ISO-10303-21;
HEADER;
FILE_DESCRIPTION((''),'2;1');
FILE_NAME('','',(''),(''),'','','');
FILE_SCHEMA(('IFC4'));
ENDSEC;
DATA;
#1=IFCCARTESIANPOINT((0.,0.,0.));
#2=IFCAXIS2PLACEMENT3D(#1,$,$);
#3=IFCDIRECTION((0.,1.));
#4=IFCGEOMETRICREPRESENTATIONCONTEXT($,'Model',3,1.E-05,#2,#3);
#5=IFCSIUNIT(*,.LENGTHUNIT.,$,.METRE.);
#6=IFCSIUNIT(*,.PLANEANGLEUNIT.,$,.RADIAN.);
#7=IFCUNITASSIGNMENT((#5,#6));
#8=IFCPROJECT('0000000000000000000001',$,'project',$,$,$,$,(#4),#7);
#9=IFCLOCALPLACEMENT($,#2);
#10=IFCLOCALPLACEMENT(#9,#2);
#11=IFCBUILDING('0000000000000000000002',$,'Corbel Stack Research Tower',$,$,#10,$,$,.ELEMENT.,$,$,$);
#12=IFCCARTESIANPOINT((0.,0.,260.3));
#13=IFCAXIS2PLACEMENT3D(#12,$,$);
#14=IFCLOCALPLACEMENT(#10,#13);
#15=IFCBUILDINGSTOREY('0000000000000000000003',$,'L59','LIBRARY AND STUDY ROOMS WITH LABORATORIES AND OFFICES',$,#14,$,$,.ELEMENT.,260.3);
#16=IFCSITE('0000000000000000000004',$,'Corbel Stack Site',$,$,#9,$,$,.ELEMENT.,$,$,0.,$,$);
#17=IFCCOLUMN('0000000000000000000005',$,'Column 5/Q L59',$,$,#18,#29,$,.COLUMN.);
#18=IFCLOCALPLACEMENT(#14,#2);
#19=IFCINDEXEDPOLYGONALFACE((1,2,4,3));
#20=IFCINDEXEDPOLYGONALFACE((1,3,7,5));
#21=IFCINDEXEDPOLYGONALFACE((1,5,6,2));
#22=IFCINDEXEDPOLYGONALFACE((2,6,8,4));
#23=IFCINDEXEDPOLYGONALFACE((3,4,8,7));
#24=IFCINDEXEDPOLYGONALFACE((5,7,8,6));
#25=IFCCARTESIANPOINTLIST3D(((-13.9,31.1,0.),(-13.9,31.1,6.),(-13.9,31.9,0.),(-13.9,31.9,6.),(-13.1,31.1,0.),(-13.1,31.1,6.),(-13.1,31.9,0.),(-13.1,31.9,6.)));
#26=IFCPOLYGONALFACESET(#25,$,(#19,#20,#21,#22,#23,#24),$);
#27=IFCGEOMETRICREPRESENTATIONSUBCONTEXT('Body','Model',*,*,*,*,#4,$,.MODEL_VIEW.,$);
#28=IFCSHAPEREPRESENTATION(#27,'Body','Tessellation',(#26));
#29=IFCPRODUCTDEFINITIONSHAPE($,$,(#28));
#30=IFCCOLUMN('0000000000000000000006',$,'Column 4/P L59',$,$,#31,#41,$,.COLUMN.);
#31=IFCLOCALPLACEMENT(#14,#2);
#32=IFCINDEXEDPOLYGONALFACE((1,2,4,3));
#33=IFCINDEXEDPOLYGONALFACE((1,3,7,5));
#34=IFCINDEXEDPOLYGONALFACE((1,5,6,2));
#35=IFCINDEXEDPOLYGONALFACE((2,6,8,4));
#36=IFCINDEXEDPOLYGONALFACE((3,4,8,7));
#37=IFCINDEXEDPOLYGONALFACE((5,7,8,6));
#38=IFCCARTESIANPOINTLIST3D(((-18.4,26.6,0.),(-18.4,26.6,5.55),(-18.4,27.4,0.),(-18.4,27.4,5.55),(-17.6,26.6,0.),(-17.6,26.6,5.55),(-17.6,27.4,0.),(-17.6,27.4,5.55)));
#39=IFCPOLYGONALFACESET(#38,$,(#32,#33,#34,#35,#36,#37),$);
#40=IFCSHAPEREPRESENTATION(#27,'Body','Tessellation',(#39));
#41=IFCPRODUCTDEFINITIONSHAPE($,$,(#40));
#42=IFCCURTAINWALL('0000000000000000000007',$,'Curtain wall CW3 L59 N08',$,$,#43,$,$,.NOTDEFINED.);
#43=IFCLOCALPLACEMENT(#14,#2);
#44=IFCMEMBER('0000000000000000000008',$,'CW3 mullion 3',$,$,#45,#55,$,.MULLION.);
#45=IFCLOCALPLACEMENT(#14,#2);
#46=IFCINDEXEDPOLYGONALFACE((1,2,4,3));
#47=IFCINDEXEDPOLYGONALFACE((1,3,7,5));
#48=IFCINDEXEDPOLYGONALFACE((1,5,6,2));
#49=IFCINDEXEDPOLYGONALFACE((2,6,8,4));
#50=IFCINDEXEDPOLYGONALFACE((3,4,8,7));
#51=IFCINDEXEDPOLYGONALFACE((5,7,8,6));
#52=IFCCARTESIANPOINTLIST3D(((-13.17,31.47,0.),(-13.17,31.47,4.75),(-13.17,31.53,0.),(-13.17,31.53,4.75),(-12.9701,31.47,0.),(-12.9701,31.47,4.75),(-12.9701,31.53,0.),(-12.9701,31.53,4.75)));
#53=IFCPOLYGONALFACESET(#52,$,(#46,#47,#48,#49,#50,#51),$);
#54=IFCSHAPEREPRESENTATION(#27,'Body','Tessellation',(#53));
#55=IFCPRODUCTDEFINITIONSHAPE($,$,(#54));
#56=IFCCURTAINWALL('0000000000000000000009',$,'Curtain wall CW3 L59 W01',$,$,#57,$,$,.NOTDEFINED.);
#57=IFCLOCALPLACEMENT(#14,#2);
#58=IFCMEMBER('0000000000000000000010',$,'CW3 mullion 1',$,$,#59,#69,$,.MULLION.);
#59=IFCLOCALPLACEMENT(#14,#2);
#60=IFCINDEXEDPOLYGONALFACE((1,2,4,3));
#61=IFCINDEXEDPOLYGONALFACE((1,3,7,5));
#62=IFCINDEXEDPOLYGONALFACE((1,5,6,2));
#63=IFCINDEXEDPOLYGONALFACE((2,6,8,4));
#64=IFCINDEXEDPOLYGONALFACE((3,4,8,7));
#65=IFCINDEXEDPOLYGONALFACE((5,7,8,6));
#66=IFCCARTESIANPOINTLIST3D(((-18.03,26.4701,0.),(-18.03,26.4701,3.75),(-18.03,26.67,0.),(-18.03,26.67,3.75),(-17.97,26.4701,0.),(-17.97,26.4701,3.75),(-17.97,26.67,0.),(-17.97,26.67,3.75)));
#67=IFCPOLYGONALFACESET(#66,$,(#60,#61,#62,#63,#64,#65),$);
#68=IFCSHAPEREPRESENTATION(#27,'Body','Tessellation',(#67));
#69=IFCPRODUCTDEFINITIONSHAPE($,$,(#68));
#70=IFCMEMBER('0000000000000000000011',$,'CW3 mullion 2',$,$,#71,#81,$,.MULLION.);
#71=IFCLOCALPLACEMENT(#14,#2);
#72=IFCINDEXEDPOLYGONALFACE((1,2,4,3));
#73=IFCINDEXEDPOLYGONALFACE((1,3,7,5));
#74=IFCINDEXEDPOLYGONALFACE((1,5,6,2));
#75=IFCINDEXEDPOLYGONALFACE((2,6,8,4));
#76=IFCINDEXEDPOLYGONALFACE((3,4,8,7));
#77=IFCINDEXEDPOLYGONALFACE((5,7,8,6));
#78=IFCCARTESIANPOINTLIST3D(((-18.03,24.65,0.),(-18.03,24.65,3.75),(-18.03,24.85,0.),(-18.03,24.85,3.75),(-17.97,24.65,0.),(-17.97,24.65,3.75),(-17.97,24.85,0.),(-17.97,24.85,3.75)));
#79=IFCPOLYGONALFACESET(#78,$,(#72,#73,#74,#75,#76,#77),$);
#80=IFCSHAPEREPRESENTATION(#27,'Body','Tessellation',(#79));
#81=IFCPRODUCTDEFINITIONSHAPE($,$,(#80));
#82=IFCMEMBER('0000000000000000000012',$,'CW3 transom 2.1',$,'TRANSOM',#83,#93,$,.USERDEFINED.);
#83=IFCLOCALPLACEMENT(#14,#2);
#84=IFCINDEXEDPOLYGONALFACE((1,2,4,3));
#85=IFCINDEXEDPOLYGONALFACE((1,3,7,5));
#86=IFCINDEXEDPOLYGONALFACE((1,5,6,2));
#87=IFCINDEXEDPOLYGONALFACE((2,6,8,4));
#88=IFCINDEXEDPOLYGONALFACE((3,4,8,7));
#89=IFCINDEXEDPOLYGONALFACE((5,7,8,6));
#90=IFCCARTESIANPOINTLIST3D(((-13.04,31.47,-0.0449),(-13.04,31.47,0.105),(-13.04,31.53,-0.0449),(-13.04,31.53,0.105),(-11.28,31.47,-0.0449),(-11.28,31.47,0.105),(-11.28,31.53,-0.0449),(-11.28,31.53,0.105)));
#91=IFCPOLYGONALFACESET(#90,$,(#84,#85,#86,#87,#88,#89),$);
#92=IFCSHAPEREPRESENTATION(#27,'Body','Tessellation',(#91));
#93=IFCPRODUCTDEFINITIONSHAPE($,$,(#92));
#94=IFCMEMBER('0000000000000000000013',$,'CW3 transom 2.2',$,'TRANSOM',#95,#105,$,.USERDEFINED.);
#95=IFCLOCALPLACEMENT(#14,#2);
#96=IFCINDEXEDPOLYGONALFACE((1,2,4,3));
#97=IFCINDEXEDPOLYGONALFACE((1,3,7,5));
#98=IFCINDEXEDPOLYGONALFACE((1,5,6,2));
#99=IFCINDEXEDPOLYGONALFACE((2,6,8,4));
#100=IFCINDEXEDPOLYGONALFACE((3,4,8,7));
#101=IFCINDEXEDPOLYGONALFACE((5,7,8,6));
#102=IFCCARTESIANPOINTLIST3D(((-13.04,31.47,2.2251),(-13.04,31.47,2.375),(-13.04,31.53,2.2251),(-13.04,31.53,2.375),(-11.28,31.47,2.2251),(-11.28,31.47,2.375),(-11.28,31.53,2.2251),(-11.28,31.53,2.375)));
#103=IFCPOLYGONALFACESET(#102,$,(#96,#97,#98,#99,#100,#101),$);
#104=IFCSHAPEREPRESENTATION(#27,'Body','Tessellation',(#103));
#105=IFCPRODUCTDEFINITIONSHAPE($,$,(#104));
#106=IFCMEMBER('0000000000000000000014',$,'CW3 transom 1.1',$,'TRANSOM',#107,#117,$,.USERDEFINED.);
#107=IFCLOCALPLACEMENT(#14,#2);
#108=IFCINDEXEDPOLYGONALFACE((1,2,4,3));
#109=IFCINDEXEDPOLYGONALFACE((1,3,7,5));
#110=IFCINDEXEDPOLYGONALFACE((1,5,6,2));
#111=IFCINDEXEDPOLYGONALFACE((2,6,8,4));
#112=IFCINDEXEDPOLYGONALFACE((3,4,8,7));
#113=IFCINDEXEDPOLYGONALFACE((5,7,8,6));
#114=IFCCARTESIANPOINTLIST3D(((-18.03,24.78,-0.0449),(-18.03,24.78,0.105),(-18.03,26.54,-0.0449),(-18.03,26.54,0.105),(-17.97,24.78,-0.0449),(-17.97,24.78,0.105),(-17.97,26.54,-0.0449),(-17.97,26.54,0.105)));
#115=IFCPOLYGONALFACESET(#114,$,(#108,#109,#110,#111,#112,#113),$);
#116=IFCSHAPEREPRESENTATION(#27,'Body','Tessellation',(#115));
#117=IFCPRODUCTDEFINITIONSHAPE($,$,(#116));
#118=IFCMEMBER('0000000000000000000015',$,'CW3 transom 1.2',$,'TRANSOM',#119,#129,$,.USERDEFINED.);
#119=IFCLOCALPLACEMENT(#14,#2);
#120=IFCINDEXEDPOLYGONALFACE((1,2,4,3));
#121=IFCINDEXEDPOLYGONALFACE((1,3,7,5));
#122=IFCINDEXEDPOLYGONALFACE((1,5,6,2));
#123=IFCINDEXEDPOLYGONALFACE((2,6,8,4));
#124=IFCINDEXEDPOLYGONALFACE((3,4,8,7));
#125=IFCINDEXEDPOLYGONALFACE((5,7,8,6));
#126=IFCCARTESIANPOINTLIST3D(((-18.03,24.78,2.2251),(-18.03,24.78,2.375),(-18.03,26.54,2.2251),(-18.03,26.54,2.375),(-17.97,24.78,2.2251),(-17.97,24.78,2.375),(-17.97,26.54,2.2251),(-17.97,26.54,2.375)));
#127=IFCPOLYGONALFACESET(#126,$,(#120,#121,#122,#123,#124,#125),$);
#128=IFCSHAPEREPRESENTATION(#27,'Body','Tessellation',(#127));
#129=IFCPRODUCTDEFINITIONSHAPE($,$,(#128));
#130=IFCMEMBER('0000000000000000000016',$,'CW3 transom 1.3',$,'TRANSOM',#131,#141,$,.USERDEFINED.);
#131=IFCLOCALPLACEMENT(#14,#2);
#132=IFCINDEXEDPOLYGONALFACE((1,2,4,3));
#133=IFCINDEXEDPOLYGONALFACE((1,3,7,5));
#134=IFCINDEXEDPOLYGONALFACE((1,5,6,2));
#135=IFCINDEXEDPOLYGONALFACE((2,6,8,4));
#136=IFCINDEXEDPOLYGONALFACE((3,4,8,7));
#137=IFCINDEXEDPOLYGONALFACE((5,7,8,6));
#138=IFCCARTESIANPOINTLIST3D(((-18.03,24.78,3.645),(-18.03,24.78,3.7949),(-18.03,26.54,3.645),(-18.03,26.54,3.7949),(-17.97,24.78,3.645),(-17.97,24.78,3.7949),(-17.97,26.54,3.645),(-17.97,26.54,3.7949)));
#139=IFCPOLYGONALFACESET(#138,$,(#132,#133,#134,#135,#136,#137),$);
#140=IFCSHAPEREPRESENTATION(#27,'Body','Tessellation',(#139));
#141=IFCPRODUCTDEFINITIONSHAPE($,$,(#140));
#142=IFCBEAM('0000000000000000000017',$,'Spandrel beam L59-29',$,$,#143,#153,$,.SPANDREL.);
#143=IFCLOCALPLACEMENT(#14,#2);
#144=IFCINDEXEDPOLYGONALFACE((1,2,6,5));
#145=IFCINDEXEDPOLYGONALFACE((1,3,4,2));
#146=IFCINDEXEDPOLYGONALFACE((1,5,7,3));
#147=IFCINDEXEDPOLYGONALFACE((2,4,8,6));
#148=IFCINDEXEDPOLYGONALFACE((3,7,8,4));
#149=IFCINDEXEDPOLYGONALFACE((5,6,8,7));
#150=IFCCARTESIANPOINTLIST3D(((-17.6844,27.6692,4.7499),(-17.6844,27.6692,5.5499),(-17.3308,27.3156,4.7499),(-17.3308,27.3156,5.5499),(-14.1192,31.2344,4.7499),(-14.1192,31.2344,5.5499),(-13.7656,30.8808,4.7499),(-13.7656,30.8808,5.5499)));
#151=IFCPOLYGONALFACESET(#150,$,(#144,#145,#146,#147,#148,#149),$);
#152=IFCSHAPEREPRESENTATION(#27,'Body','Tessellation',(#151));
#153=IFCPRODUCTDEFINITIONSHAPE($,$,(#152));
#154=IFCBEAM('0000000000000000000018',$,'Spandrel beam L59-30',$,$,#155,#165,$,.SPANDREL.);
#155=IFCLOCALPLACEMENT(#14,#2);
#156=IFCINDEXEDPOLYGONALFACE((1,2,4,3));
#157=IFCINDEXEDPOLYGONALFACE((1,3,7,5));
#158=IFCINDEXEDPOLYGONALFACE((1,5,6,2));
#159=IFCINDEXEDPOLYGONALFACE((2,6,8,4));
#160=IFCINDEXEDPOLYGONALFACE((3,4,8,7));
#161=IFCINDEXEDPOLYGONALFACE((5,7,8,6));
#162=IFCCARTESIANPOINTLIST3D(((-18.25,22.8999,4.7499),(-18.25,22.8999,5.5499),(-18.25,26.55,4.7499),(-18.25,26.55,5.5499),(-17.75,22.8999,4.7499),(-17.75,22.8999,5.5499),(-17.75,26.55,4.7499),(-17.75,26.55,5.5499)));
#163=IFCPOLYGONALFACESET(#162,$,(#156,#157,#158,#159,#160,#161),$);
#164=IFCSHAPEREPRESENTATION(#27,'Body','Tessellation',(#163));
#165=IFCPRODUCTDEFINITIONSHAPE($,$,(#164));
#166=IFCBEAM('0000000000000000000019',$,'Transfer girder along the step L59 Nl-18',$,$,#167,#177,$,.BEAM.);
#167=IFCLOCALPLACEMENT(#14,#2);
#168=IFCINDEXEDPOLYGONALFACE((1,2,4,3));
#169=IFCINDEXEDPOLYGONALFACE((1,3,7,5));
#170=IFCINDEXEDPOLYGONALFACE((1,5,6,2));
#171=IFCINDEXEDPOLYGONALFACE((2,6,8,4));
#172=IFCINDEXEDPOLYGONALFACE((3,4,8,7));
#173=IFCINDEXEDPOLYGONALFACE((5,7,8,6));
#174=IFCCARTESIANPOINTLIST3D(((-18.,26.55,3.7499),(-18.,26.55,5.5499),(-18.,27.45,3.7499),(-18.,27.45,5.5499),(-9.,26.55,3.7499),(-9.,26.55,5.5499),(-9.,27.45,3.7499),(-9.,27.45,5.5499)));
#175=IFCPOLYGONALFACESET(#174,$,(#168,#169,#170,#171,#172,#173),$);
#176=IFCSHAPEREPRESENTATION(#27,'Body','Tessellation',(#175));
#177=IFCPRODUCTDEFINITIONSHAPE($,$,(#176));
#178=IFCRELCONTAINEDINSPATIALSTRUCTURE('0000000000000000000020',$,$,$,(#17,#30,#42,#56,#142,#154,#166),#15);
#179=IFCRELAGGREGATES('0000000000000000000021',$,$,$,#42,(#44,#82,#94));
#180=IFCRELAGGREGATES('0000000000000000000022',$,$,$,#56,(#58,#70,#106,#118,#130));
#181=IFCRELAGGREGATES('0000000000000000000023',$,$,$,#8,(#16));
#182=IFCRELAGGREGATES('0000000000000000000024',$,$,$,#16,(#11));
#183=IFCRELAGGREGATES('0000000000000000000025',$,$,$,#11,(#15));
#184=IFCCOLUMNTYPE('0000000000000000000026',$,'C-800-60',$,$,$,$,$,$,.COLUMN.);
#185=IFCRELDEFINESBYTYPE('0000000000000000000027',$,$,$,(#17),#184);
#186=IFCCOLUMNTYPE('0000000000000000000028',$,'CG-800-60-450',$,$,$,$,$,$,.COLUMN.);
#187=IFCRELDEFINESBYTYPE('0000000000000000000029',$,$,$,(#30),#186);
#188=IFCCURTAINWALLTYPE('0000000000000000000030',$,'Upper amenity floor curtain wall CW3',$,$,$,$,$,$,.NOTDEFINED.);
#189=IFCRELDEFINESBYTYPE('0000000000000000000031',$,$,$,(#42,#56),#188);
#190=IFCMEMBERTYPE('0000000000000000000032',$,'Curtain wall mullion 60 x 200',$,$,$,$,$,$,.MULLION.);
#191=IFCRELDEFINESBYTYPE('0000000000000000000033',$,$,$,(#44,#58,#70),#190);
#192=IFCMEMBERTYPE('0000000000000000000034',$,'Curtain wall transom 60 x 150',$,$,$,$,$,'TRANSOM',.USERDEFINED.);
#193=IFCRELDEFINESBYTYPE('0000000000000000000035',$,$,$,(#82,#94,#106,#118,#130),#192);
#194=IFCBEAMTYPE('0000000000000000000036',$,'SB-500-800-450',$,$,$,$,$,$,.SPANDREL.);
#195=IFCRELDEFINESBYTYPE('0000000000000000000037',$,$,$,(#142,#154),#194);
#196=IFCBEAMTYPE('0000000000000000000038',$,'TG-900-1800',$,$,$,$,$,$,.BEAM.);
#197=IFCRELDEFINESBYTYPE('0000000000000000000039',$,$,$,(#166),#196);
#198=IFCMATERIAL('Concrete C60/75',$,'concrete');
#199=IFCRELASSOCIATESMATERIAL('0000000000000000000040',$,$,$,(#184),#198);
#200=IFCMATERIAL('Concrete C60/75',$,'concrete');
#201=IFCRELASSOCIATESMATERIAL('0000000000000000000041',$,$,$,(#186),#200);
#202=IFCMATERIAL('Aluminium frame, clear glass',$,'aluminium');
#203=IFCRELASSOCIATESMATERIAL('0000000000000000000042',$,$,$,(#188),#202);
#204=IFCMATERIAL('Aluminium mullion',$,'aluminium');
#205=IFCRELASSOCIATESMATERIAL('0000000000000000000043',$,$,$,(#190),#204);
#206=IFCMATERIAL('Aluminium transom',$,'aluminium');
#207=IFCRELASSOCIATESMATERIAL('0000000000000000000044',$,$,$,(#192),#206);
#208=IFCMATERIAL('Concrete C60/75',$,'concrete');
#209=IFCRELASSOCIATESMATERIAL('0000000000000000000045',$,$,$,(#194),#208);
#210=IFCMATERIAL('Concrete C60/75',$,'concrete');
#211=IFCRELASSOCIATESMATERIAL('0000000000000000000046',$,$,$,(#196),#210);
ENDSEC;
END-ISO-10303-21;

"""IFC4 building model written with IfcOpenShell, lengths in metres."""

from ifc_helpers import new_model, si_unit, direction, frame, origin, origin_2d, place, context, subcontext, project, spatial, rectangle, extrude, material, material_profile, profile_set, type_object, element, aggregate, save


model = new_model("IFC4")

# Units and contexts
model_context = context("Model", 3, precision=1e-05, world=origin(), true_north=direction((0.0, 1.0)))
body_context = subcontext(model_context, "Body", "Model", "MODEL_VIEW")
ifc_project = project(units=[si_unit("LENGTHUNIT", "METRE"), si_unit("PLANEANGLEUNIT", "RADIAN")], contexts=[model_context])

# Site, building, storey
site_placement = place(None, origin())
site = spatial("IfcSite", under=ifc_project, at=site_placement, Name="Corbel Stack Site", CompositionType="ELEMENT", RefElevation=0.0)
building_placement = place(site_placement, origin())
building = spatial("IfcBuilding", under=site, at=building_placement, Name="Corbel Stack Research Tower", CompositionType="ELEMENT")
storey_placement = place(building_placement, frame((0.0, 0.0, 260.3)))
storey = spatial("IfcBuildingStorey", under=building, at=storey_placement, Name="L59", Description="LIBRARY AND STUDY ROOMS WITH LABORATORIES AND OFFICES", CompositionType="ELEMENT", Elevation=260.3)

# Columns
ifc_material_1 = material(Name="Concrete C60/75", Category="concrete")
ifc_material_profile_1 = material_profile(ifc_material_1, rectangle(XDim=0.8, YDim=0.8, at=origin_2d()), Name="RC 800 x 800")
ifc_profile_set_1 = profile_set([ifc_material_profile_1], Name="Concrete C60/75")
column_type_1 = type_object("IfcColumnType", Name="C-800-60", PredefinedType="COLUMN", material=ifc_profile_set_1)
column_1_placement = place(storey_placement, frame((-13.5, 31.5, 0.0), z_axis=(0.0, 0.0, 1.0), x_axis=(1.0, 0.0, 0.0)))
element("IfcColumn", 1, at=column_1_placement, inside=storey, type_object=column_type_1, Name="Column 5/Q L59", PredefinedType="COLUMN", context=body_context, shape_type="SweptSolid", body=[
    extrude(rectangle(XDim=0.8, YDim=0.8, at=origin_2d()), origin(), (0.0, 0.0, 1.0), 6.0),
])
ifc_material_2 = material(Name="Concrete C60/75", Category="concrete")
ifc_material_profile_2 = material_profile(ifc_material_2, rectangle(XDim=0.8, YDim=0.8, at=origin_2d()), Name="RC 800 x 800")
ifc_profile_set_2 = profile_set([ifc_material_profile_2], Name="Concrete C60/75")
column_type_2 = type_object("IfcColumnType", Name="CG-800-60-450", PredefinedType="COLUMN", material=ifc_profile_set_2)
column_2_placement = place(storey_placement, frame((-18.0, 27.0, 0.0), z_axis=(0.0, 0.0, 1.0), x_axis=(1.0, 0.0, 0.0)))
element("IfcColumn", 2, at=column_2_placement, inside=storey, type_object=column_type_2, Name="Column 4/P L59", PredefinedType="COLUMN", context=body_context, shape_type="SweptSolid", body=[
    extrude(rectangle(XDim=0.8, YDim=0.8, at=origin_2d()), origin(), (0.0, 0.0, 1.0), 5.55),
])

# Curtain wall, member
ifc_material_3 = material(Name="Aluminium frame, clear glass", Category="aluminium")
curtain_wall_type = type_object("IfcCurtainWallType", Name="Upper amenity floor curtain wall CW3", PredefinedType="NOTDEFINED", material=ifc_material_3)
curtain_wall_1_placement = place(storey_placement, origin())
curtain_wall_1 = element("IfcCurtainWall", 3, at=curtain_wall_1_placement, inside=storey, type_object=curtain_wall_type, Name="Curtain wall CW3 L59 N08", PredefinedType="NOTDEFINED")
ifc_material_4 = material(Name="Aluminium mullion", Category="aluminium")
ifc_material_profile_3 = material_profile(ifc_material_4, rectangle(XDim=0.0601, YDim=0.2, at=origin_2d()), Name="Mullion 60 x 200")
ifc_profile_set_3 = profile_set([ifc_material_profile_3], Name="Aluminium mullion")
member_type_1 = type_object("IfcMemberType", Name="Curtain wall mullion 60 x 200", PredefinedType="MULLION", material=ifc_profile_set_3)
member_1_placement = place(storey_placement, frame((-13.0701, 31.5, 0.0), z_axis=(0.0, 0.0, 1.0), x_axis=(0.0, -1.0, 0.0)))
member_1 = element("IfcMember", 4, at=member_1_placement, type_object=member_type_1, Name="CW3 mullion 3", PredefinedType="MULLION", context=body_context, shape_type="SweptSolid", body=[
    extrude(rectangle(XDim=0.0601, YDim=0.2, at=origin_2d()), origin(), (0.0, 0.0, 1.0), 4.75),
])

# Curtain wall, members
curtain_wall_2_placement = place(storey_placement, origin())
curtain_wall_2 = element("IfcCurtainWall", 5, at=curtain_wall_2_placement, inside=storey, type_object=curtain_wall_type, Name="Curtain wall CW3 L59 W01", PredefinedType="NOTDEFINED")
member_2_placement = place(storey_placement, frame((-18.0, 26.5701, 0.0), z_axis=(0.0, 0.0, 1.0), x_axis=(1.0, 0.0, 0.0)))
member_2 = element("IfcMember", 6, at=member_2_placement, type_object=member_type_1, Name="CW3 mullion 1", PredefinedType="MULLION", context=body_context, shape_type="SweptSolid", body=[
    extrude(rectangle(XDim=0.0601, YDim=0.2, at=origin_2d()), origin(), (0.0, 0.0, 1.0), 3.75),
])
member_3_placement = place(storey_placement, frame((-18.0, 24.75, 0.0), z_axis=(0.0, 0.0, 1.0), x_axis=(1.0, 0.0, 0.0)))
member_3 = element("IfcMember", 7, at=member_3_placement, type_object=member_type_1, Name="CW3 mullion 2", PredefinedType="MULLION", context=body_context, shape_type="SweptSolid", body=[
    extrude(rectangle(XDim=0.0601, YDim=0.2, at=origin_2d()), origin(), (0.0, 0.0, 1.0), 3.75),
])

# Members
ifc_material_5 = material(Name="Aluminium transom", Category="aluminium")
ifc_material_profile_4 = material_profile(ifc_material_5, rectangle(XDim=0.0601, YDim=0.1499, at=origin_2d()), Name="Transom 60 x 150")
ifc_profile_set_4 = profile_set([ifc_material_profile_4], Name="Aluminium transom")
member_type_2 = type_object("IfcMemberType", Name="Curtain wall transom 60 x 150", ElementType="TRANSOM", PredefinedType="USERDEFINED", material=ifc_profile_set_4)
member_4_placement = place(storey_placement, frame((-11.28, 31.5, 0.03), z_axis=(-1.0, 0.0, 0.0), x_axis=(0.0, -1.0, 0.0)))
member_4 = element("IfcMember", 8, at=member_4_placement, type_object=member_type_2, Name="CW3 transom 2.1", ObjectType="TRANSOM", PredefinedType="USERDEFINED", context=body_context, shape_type="SweptSolid", body=[
    extrude(rectangle(XDim=0.0601, YDim=0.1499, at=origin_2d()), origin(), (0.0, 0.0, 1.0), 1.76),
])
member_5_placement = place(storey_placement, frame((-11.28, 31.5, 2.3), z_axis=(-1.0, 0.0, 0.0), x_axis=(0.0, -1.0, 0.0)))
member_5 = element("IfcMember", 9, at=member_5_placement, type_object=member_type_2, Name="CW3 transom 2.2", ObjectType="TRANSOM", PredefinedType="USERDEFINED", context=body_context, shape_type="SweptSolid", body=[
    extrude(rectangle(XDim=0.0601, YDim=0.1499, at=origin_2d()), origin(), (0.0, 0.0, 1.0), 1.76),
])
member_6_placement = place(storey_placement, frame((-18.0, 26.54, 0.03), z_axis=(0.0, -1.0, 0.0), x_axis=(1.0, 0.0, 0.0)))
member_6 = element("IfcMember", 10, at=member_6_placement, type_object=member_type_2, Name="CW3 transom 1.1", ObjectType="TRANSOM", PredefinedType="USERDEFINED", context=body_context, shape_type="SweptSolid", body=[
    extrude(rectangle(XDim=0.0601, YDim=0.1499, at=origin_2d()), origin(), (0.0, 0.0, 1.0), 1.76),
])
member_7_placement = place(storey_placement, frame((-18.0, 26.54, 2.3), z_axis=(0.0, -1.0, 0.0), x_axis=(1.0, 0.0, 0.0)))
member_7 = element("IfcMember", 11, at=member_7_placement, type_object=member_type_2, Name="CW3 transom 1.2", ObjectType="TRANSOM", PredefinedType="USERDEFINED", context=body_context, shape_type="SweptSolid", body=[
    extrude(rectangle(XDim=0.0601, YDim=0.1499, at=origin_2d()), origin(), (0.0, 0.0, 1.0), 1.76),
])
member_8_placement = place(storey_placement, frame((-18.0, 26.54, 3.72), z_axis=(0.0, -1.0, 0.0), x_axis=(1.0, 0.0, 0.0)))
member_8 = element("IfcMember", 12, at=member_8_placement, type_object=member_type_2, Name="CW3 transom 1.3", ObjectType="TRANSOM", PredefinedType="USERDEFINED", context=body_context, shape_type="SweptSolid", body=[
    extrude(rectangle(XDim=0.0601, YDim=0.1499, at=origin_2d()), origin(), (0.0, 0.0, 1.0), 1.76),
])

# Beams
ifc_material_6 = material(Name="Concrete C60/75", Category="concrete")
ifc_material_profile_5 = material_profile(ifc_material_6, rectangle(XDim=0.5, YDim=0.8, at=origin_2d()), Name="RC 500 x 800")
ifc_profile_set_5 = profile_set([ifc_material_profile_5], Name="Concrete C60/75")
beam_type_1 = type_object("IfcBeamType", Name="SB-500-800-450", PredefinedType="SPANDREL", material=ifc_profile_set_5)
beam_1_placement = place(storey_placement, frame((-13.9424, 31.0576, 5.1499), z_axis=(-0.707107, -0.707107, 0.0), x_axis=(0.707107, -0.707107, 0.0)))
element("IfcBeam", 13, at=beam_1_placement, inside=storey, type_object=beam_type_1, Name="Spandrel beam L59-29", PredefinedType="SPANDREL", context=body_context, shape_type="SweptSolid", body=[
    extrude(rectangle(XDim=0.5, YDim=0.8, at=origin_2d()), origin(), (0.0, 0.0, 1.0), 5.042),
])
beam_2_placement = place(storey_placement, frame((-18.0, 26.55, 5.1499), z_axis=(0.0, -1.0, 0.0), x_axis=(1.0, 0.0, 0.0)))
element("IfcBeam", 14, at=beam_2_placement, inside=storey, type_object=beam_type_1, Name="Spandrel beam L59-30", PredefinedType="SPANDREL", context=body_context, shape_type="SweptSolid", body=[
    extrude(rectangle(XDim=0.5, YDim=0.8, at=origin_2d()), origin(), (0.0, 0.0, 1.0), 3.6501),
])
ifc_material_7 = material(Name="Concrete C60/75", Category="concrete")
ifc_material_profile_6 = material_profile(ifc_material_7, rectangle(XDim=0.8999, YDim=1.8, at=origin_2d()), Name="RC 900 x 1800")
ifc_profile_set_6 = profile_set([ifc_material_profile_6], Name="Concrete C60/75")
beam_type_2 = type_object("IfcBeamType", Name="TG-900-1800", PredefinedType="BEAM", material=ifc_profile_set_6)
beam_3_placement = place(storey_placement, frame((-18.0, 27.0, 4.6499), z_axis=(1.0, 0.0, 0.0), x_axis=(0.0, 1.0, 0.0)))
element("IfcBeam", 15, at=beam_3_placement, inside=storey, type_object=beam_type_2, Name="Transfer girder along the step L59 Nl-18", PredefinedType="BEAM", context=body_context, shape_type="SweptSolid", body=[
    extrude(rectangle(XDim=0.8999, YDim=1.8, at=origin_2d()), origin(), (0.0, 0.0, 1.0), 9.0),
])

aggregate(curtain_wall_1, [member_1, member_4, member_5])
aggregate(curtain_wall_2, [member_2, member_3, member_6, member_7, member_8])

save(model, "model.ifc")
